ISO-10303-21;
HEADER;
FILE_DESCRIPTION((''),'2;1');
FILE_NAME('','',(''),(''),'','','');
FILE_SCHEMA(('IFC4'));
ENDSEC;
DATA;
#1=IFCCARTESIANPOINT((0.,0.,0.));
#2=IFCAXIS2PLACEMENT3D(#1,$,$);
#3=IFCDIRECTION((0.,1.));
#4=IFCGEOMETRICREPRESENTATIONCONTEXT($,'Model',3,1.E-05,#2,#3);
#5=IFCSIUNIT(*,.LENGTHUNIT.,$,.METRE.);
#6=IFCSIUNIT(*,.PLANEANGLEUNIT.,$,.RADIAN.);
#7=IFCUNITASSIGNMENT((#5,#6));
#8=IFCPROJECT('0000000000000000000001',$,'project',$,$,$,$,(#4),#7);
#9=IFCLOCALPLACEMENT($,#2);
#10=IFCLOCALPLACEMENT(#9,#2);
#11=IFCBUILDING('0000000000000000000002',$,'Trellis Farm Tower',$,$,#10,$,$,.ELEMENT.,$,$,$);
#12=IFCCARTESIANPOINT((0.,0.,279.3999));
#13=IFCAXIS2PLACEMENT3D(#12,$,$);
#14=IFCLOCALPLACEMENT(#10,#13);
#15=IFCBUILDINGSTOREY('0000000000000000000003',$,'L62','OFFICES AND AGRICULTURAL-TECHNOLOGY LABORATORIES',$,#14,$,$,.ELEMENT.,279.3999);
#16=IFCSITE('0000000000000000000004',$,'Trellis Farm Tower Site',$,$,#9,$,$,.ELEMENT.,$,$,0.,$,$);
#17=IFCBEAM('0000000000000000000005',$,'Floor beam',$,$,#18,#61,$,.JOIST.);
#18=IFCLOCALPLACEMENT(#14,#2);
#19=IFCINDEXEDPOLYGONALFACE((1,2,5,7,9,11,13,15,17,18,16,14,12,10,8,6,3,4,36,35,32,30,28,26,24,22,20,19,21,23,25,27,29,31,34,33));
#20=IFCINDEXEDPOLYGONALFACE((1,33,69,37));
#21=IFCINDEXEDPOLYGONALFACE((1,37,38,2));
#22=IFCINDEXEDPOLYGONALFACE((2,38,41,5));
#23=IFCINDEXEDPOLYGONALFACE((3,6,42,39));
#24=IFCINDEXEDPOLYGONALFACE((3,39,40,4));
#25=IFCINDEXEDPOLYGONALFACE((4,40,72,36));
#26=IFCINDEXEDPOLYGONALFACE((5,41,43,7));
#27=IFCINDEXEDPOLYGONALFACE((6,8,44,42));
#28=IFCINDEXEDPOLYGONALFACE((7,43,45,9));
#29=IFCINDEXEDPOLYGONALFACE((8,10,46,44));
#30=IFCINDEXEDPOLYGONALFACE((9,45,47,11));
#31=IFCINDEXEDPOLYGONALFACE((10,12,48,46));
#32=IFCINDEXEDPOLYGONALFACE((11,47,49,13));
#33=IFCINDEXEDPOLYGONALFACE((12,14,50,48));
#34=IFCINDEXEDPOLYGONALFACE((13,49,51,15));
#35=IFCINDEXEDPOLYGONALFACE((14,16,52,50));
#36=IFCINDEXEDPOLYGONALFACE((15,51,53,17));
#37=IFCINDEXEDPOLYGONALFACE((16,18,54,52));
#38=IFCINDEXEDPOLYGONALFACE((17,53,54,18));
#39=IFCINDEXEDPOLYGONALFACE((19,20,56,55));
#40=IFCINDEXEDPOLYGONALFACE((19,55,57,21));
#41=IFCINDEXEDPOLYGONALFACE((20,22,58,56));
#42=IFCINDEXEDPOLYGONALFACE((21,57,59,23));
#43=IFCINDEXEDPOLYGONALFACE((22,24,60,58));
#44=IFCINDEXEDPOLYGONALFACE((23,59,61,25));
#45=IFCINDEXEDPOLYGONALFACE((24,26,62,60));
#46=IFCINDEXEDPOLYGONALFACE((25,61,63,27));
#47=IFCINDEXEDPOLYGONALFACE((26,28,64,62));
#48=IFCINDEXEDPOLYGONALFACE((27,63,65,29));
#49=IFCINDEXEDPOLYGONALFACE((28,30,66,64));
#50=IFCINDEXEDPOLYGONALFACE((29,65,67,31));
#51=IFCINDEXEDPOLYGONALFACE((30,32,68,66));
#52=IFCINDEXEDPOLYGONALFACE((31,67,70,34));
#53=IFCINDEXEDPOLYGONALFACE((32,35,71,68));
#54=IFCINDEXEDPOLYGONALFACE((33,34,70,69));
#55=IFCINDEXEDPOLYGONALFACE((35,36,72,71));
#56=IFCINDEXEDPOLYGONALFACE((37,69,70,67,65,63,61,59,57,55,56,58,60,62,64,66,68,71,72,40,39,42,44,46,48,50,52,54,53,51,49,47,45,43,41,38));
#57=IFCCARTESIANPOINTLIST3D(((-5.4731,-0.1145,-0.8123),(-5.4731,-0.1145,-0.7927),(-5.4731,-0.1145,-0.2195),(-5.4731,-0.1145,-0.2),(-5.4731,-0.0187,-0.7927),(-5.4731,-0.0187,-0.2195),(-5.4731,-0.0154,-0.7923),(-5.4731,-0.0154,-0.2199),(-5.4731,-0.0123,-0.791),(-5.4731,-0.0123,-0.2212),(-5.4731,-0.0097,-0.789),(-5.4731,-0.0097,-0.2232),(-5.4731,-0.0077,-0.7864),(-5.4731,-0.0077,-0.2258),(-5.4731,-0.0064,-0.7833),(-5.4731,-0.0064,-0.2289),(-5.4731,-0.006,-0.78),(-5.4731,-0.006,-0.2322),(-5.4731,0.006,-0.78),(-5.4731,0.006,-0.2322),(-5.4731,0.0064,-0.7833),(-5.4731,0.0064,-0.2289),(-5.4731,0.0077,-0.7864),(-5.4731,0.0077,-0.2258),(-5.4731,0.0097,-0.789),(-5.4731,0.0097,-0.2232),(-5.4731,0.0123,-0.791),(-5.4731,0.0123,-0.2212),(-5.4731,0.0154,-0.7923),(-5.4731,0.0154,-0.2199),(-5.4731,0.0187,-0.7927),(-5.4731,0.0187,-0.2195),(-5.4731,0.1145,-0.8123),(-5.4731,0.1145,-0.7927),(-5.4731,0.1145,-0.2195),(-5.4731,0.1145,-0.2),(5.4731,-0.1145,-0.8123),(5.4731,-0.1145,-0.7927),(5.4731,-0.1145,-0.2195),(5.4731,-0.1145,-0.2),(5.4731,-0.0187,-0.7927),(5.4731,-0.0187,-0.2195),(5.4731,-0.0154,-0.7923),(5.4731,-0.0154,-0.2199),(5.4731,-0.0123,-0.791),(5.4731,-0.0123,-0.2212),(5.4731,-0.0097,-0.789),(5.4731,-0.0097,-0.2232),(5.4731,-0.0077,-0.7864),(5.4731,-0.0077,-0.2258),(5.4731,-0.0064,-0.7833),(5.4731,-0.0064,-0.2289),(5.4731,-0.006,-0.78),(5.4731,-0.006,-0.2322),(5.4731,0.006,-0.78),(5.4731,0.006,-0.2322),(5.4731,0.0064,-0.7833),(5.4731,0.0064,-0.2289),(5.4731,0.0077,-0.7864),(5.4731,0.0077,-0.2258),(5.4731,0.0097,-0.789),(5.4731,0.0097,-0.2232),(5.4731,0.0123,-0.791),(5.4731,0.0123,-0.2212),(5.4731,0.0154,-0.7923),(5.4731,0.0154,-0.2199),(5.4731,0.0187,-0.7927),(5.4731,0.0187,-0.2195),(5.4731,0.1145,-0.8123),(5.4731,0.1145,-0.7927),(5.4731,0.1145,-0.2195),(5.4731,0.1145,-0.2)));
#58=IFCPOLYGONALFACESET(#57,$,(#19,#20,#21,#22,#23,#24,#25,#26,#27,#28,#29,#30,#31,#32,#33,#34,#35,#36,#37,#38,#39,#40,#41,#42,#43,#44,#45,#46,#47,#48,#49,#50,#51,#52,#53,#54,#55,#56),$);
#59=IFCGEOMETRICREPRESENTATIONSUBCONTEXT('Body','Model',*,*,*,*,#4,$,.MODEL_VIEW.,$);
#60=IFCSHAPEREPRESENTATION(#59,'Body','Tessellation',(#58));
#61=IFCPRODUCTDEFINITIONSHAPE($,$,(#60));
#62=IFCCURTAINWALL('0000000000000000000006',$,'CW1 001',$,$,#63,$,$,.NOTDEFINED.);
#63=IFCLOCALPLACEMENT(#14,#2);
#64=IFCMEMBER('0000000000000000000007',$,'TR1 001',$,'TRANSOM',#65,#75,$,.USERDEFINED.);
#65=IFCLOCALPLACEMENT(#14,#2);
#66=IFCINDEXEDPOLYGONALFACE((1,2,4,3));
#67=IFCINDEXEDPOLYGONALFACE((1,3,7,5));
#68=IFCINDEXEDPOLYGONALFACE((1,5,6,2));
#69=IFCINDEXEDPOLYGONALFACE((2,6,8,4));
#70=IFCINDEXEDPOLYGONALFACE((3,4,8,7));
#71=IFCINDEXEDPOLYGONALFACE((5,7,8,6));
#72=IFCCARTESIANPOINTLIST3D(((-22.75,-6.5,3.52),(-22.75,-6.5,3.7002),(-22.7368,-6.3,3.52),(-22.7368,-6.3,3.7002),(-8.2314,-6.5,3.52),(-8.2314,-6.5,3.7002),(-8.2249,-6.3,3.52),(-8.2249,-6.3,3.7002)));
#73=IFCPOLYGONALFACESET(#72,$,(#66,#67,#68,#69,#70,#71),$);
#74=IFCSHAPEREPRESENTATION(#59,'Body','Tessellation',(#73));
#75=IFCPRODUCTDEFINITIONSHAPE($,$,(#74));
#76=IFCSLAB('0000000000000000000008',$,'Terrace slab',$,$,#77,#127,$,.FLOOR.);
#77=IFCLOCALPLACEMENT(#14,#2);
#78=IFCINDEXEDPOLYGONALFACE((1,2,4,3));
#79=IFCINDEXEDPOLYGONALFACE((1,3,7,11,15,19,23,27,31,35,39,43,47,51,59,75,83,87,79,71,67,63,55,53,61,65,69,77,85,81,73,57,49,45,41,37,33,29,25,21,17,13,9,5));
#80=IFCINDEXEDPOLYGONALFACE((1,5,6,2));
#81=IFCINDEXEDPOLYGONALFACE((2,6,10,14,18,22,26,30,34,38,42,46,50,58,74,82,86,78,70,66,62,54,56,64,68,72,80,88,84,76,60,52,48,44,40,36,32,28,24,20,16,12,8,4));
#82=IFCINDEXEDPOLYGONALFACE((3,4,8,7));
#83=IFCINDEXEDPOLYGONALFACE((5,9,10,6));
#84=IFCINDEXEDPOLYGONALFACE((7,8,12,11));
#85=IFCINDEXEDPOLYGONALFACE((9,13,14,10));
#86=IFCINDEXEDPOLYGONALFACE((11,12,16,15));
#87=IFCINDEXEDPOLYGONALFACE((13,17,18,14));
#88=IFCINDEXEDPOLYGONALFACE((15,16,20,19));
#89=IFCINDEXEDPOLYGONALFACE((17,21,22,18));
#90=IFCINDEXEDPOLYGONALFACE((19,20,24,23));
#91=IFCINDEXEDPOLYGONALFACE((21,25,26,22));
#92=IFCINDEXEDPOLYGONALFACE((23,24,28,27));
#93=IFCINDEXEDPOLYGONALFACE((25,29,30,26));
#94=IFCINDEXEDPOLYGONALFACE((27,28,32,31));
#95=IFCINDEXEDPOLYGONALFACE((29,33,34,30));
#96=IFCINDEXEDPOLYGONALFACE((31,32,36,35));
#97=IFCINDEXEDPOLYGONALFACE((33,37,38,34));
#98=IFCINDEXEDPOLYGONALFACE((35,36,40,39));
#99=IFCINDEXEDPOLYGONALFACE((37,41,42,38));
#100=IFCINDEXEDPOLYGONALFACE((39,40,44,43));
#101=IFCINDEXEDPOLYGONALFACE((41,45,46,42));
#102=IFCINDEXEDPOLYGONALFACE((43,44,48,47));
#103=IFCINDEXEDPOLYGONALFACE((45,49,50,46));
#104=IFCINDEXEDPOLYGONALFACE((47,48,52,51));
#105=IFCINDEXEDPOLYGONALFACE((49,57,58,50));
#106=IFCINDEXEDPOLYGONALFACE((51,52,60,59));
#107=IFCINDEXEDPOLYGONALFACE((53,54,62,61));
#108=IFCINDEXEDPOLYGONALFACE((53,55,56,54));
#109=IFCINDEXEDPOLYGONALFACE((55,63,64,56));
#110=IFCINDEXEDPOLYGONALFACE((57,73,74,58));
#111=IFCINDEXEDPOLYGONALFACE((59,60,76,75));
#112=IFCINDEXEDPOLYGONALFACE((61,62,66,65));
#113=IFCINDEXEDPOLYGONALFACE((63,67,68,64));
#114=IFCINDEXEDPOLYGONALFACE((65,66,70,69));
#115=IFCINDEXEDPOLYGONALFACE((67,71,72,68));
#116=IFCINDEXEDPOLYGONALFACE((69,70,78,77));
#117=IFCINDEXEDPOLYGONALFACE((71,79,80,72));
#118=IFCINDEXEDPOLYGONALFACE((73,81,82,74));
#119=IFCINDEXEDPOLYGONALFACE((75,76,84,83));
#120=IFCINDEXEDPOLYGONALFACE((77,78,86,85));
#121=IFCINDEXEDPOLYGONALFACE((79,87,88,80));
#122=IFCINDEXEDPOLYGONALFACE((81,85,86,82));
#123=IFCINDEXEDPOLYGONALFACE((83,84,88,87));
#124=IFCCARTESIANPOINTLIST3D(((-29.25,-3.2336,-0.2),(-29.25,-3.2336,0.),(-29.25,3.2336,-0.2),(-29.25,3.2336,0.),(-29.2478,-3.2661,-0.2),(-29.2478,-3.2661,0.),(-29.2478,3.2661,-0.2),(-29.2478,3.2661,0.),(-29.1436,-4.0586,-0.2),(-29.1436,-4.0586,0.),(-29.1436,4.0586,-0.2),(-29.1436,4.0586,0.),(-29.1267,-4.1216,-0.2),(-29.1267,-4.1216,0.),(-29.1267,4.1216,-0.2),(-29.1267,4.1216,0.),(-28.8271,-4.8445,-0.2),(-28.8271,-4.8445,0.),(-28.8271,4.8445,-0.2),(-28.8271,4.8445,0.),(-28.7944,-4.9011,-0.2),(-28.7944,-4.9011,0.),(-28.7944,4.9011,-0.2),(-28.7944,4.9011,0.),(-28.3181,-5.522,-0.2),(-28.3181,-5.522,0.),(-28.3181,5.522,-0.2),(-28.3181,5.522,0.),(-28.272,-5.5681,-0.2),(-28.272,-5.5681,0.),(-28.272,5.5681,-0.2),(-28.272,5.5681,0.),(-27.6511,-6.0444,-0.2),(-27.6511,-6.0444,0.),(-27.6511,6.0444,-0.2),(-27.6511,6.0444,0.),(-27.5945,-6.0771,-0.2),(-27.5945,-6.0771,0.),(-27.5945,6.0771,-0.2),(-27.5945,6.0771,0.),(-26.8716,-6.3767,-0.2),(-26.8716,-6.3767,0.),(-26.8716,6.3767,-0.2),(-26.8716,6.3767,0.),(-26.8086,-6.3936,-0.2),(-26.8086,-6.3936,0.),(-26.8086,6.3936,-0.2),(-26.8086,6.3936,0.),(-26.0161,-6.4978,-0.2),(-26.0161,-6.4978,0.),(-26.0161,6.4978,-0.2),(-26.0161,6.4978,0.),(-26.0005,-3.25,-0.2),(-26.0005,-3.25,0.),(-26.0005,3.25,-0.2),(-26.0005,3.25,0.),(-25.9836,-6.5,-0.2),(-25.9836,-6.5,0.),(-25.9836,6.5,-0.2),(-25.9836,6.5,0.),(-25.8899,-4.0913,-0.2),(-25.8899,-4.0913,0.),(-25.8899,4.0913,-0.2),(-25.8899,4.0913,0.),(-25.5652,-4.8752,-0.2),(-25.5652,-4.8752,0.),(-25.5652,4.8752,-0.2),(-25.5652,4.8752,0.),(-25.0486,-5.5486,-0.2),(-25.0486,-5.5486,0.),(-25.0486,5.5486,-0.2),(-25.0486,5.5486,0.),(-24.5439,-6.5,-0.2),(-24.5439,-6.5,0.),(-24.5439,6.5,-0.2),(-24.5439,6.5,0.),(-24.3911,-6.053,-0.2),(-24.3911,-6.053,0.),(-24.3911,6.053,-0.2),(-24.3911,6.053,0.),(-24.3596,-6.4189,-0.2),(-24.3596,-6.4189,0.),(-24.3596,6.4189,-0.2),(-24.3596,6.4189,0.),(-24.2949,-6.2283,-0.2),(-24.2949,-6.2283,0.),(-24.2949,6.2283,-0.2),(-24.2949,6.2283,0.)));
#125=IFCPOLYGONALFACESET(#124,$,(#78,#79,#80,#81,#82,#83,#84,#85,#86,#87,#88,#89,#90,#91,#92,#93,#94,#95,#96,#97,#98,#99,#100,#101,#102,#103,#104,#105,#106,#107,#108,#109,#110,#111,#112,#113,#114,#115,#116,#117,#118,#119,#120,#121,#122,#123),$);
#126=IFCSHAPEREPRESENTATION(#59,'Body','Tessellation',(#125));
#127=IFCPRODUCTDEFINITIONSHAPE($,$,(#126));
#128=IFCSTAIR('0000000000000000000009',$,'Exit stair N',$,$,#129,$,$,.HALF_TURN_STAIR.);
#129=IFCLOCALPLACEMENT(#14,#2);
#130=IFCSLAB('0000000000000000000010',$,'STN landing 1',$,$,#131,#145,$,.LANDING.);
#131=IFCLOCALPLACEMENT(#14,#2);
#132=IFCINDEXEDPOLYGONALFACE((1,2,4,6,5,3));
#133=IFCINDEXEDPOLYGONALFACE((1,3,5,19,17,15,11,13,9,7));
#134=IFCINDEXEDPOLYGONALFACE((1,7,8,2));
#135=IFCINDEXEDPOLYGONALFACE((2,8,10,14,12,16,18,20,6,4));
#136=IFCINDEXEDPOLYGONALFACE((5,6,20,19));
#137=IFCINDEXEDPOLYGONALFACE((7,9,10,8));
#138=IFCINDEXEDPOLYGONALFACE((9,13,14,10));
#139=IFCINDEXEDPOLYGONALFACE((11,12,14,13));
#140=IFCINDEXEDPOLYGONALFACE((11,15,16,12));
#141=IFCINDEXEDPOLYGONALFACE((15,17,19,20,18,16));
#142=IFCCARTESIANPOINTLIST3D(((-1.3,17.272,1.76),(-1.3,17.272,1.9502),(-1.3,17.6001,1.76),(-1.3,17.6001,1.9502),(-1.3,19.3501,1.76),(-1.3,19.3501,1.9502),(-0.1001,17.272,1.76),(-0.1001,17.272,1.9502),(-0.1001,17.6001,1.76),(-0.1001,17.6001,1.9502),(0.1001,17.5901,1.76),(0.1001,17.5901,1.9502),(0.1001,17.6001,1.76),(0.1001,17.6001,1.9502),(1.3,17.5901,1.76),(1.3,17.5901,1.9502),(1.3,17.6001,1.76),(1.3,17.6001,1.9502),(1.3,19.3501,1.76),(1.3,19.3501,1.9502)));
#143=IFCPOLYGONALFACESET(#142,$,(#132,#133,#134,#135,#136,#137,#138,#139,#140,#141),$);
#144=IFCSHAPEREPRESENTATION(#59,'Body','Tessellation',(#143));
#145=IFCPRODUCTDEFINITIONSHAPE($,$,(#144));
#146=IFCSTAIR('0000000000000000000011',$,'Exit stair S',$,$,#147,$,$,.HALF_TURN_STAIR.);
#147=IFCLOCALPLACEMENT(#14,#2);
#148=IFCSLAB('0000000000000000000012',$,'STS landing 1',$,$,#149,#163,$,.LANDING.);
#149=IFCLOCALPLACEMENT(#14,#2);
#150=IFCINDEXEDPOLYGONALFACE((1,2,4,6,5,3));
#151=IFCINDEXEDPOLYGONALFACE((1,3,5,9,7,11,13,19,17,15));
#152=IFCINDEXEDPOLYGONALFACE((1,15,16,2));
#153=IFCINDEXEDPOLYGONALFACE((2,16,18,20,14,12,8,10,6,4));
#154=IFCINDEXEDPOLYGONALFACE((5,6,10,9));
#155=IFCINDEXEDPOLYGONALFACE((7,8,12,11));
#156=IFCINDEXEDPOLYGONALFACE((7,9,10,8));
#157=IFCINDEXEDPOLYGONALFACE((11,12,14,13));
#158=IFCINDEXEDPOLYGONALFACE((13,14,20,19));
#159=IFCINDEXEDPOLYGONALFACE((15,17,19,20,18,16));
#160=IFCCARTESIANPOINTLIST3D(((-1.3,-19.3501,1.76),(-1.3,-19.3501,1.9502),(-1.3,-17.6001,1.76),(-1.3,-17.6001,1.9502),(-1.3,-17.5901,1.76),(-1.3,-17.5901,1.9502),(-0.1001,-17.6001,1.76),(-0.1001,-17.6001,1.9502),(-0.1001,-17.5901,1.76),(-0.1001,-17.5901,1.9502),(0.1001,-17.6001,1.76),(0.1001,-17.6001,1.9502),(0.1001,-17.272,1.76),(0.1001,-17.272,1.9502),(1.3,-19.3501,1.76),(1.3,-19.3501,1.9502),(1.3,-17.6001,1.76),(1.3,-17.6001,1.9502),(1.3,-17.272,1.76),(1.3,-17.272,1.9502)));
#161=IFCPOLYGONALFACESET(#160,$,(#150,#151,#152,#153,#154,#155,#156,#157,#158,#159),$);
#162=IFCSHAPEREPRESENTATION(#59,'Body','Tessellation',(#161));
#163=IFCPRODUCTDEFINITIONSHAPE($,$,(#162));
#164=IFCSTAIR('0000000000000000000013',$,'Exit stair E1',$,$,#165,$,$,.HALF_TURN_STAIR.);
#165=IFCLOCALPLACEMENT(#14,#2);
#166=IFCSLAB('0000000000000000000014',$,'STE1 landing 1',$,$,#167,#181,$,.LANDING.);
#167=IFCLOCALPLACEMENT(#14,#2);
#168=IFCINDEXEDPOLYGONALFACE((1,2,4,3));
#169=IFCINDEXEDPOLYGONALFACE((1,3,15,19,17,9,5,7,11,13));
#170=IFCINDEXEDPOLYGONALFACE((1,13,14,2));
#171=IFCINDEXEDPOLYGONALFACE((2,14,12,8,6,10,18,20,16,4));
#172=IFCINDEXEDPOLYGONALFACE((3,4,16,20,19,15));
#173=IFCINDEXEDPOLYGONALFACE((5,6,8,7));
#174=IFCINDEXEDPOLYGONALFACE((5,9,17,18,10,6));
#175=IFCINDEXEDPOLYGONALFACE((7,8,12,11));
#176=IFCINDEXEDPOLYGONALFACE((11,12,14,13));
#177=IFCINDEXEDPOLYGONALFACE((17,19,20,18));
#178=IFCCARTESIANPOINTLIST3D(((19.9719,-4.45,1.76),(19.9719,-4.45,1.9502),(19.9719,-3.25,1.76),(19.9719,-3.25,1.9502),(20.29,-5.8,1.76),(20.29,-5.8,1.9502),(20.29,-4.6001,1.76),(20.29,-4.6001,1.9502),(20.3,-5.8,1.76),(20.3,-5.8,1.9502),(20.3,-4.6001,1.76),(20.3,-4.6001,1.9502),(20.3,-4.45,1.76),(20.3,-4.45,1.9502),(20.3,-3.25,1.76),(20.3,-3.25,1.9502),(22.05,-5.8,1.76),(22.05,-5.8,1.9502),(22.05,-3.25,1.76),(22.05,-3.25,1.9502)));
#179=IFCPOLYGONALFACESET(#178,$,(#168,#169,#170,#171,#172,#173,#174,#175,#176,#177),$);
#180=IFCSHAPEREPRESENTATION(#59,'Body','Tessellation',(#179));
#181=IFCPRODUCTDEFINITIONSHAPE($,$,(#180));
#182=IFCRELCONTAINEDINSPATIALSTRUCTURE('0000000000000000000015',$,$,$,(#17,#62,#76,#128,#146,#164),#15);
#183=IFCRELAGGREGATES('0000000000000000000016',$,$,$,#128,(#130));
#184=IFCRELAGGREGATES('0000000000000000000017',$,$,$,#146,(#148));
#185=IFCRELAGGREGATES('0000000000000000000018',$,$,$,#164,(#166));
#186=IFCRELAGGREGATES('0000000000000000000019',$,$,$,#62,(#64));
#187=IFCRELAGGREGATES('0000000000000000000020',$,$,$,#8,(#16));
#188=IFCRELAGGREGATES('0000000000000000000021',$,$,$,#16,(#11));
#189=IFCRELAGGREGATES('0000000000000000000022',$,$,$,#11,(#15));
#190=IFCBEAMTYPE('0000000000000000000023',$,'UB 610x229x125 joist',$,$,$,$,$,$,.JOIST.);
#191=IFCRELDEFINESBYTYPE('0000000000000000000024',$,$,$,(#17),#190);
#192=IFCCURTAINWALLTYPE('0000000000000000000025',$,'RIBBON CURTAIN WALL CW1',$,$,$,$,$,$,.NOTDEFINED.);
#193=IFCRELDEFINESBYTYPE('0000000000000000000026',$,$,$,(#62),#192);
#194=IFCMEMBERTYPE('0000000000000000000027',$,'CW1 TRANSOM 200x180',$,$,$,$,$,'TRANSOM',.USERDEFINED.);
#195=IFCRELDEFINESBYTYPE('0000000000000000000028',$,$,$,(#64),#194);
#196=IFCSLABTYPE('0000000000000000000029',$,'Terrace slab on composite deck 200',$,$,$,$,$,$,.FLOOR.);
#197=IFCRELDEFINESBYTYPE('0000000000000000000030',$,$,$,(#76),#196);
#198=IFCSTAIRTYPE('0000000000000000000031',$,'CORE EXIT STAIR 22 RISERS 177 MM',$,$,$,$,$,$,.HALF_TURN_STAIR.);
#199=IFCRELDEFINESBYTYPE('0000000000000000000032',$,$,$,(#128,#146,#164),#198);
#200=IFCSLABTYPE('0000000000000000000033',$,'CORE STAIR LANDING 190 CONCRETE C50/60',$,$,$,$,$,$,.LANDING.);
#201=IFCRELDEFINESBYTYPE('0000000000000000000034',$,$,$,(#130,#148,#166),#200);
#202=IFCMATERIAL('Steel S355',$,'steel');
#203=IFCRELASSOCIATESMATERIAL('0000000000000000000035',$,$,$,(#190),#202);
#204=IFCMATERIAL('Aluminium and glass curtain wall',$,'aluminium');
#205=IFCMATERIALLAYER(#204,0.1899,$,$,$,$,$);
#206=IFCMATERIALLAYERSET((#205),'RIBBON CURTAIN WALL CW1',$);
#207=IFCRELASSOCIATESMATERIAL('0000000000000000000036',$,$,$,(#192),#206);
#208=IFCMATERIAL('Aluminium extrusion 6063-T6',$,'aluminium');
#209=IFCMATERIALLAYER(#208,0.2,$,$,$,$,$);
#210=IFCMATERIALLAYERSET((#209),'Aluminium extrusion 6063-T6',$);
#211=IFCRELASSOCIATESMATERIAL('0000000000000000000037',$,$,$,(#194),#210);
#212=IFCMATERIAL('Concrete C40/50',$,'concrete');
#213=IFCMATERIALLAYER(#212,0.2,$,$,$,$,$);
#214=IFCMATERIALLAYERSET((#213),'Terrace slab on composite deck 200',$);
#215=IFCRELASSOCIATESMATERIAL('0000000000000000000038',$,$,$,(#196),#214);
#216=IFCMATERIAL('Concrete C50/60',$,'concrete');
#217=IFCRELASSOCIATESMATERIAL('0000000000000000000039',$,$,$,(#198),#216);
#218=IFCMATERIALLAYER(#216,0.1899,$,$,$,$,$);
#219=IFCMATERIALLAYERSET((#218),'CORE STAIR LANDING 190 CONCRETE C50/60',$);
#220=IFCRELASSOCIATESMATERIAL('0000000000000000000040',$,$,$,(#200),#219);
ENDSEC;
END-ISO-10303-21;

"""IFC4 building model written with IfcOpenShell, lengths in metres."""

from ifc_helpers import new_model, si_unit, direction, frame, origin, origin_2d, place, context, subcontext, project, spatial, polyline, i_section, outline, extrude, source, transform, mapped, material, layer, layer_set, material_profile, profile_set, type_object, element, aggregate, save


model = new_model("IFC4")

# Units and contexts
model_context = context("Model", 3, precision=1e-05, world=origin(), true_north=direction((0.0, 1.0)))
body_context = subcontext(model_context, "Body", "Model", "MODEL_VIEW")
ifc_project = project(units=[si_unit("LENGTHUNIT", "METRE"), si_unit("PLANEANGLEUNIT", "RADIAN")], contexts=[model_context])

# Site, building, storey
site_placement = place(None, origin())
site = spatial("IfcSite", under=ifc_project, at=site_placement, Name="Trellis Farm Tower Site", CompositionType="ELEMENT", RefElevation=0.0)
building_placement = place(site_placement, origin())
building = spatial("IfcBuilding", under=site, at=building_placement, Name="Trellis Farm Tower", CompositionType="ELEMENT")
storey_placement = place(building_placement, frame((0.0, 0.0, 279.3999)))
storey = spatial("IfcBuildingStorey", under=building, at=storey_placement, Name="L62", Description="OFFICES AND AGRICULTURAL-TECHNOLOGY LABORATORIES", CompositionType="ELEMENT", Elevation=279.3999)

# Beam
ifc_material_1 = material(Name="Steel S355", Category="steel")
ifc_material_profile = material_profile(ifc_material_1, i_section(OverallWidth=0.229, OverallDepth=0.6123, WebThickness=0.012, FlangeThickness=0.0195, FilletRadius=0.0127, at=origin_2d()), Name="UB 610x229x125")
ifc_profile_set = profile_set([ifc_material_profile], Name="Steel S355")
beam_type = type_object("IfcBeamType", Name="UB 610x229x125 joist", PredefinedType="JOIST", material=ifc_profile_set)
shared_shape_1 = source(origin(), body_context, "Body", "SweptSolid", [
    extrude(i_section(OverallWidth=0.229, OverallDepth=0.6123, WebThickness=0.012, FlangeThickness=0.0195, FilletRadius=0.0127, at=origin_2d()), origin(), (0.0, 0.0, 1.0), 10.9463),
])
beam_placement = place(storey_placement, frame((-5.4731, 0.0, -0.5061), z_axis=(1.0, 0.0, 0.0), x_axis=(0.0, 1.0, 0.0)))
element("IfcBeam", 1, at=beam_placement, inside=storey, type_object=beam_type, Name="Floor beam", PredefinedType="JOIST", context=body_context, shape_type="MappedRepresentation", body=[
    mapped(shared_shape_1, transform((0.0, 0.0, 0.0))),
])

# Curtain wall, member
ifc_material_2 = material(Name="Aluminium and glass curtain wall", Category="aluminium")
ifc_layer_1 = layer(ifc_material_2, 0.1899)
ifc_layer_set_1 = layer_set([ifc_layer_1], Name="RIBBON CURTAIN WALL CW1")
curtain_wall_type = type_object("IfcCurtainWallType", Name="RIBBON CURTAIN WALL CW1", PredefinedType="NOTDEFINED", material=ifc_layer_set_1)
placement_1 = place(storey_placement, origin())
curtain_wall = element("IfcCurtainWall", 2, at=placement_1, inside=storey, type_object=curtain_wall_type, Name="CW1 001", PredefinedType="NOTDEFINED")
ifc_material_3 = material(Name="Aluminium extrusion 6063-T6", Category="aluminium")
ifc_layer_2 = layer(ifc_material_3, 0.2)
ifc_layer_set_2 = layer_set([ifc_layer_2], Name="Aluminium extrusion 6063-T6")
member_type = type_object("IfcMemberType", Name="CW1 TRANSOM 200x180", ElementType="TRANSOM", PredefinedType="USERDEFINED", material=ifc_layer_set_2)
shared_shape_2 = source(origin(), body_context, "Body", "SweptSolid", [
    extrude(outline(polyline([(-22.75, -6.5), (-8.2314, -6.5), (-8.2249, -6.3), (-22.7368, -6.3), (-22.75, -6.5)])), origin(), (0.0, 0.0, 1.0), 0.1802),
])
member_placement = place(storey_placement, frame((0.0, 0.0, 3.52)))
member = element("IfcMember", 3, at=member_placement, type_object=member_type, Name="TR1 001", ObjectType="TRANSOM", PredefinedType="USERDEFINED", context=body_context, shape_type="MappedRepresentation", body=[
    mapped(shared_shape_2, transform((0.0, 0.0, 0.0))),
])

# Slab
ifc_material_4 = material(Name="Concrete C40/50", Category="concrete")
ifc_layer_3 = layer(ifc_material_4, 0.2)
ifc_layer_set_3 = layer_set([ifc_layer_3], Name="Terrace slab on composite deck 200")
slab_type_1 = type_object("IfcSlabType", Name="Terrace slab on composite deck 200", PredefinedType="FLOOR", material=ifc_layer_set_3)
placement_2 = place(storey_placement, frame((0.0, 0.0, -0.2)))
element("IfcSlab", 4, at=placement_2, inside=storey, type_object=slab_type_1, Name="Terrace slab", PredefinedType="FLOOR", context=body_context, shape_type="SweptSolid", body=[
    extrude(outline(polyline([(-26.8086, -6.3936), (-26.8716, -6.3767), (-27.5945, -6.0771), (-27.6511, -6.0444), (-28.272, -5.5681), (-28.3181, -5.522), (-28.7944, -4.9011), (-28.8271, -4.8445), (-29.1267, -4.1216), (-29.1436, -4.0586), (-29.2478, -3.2661), (-29.25, -3.2336), (-29.25, 3.2336), (-29.2478, 3.2661), (-29.1436, 4.0586), (-29.1267, 4.1216), (-28.8271, 4.8445), (-28.7944, 4.9011), (-28.3181, 5.522), (-28.272, 5.5681), (-27.6511, 6.0444), (-27.5945, 6.0771), (-26.8716, 6.3767), (-26.8086, 6.3936), (-26.0161, 6.4978), (-25.9836, 6.5), (-24.5439, 6.5), (-24.3596, 6.4189), (-24.2949, 6.2283), (-24.3911, 6.053), (-25.0486, 5.5486), (-25.5652, 4.8752), (-25.8899, 4.0913), (-26.0005, 3.25), (-26.0005, -3.25), (-25.8899, -4.0913), (-25.5652, -4.8752), (-25.0486, -5.5486), (-24.3911, -6.053), (-24.2949, -6.2283), (-24.3596, -6.4189), (-24.5439, -6.5), (-25.9836, -6.5), (-26.0161, -6.4978), (-26.8086, -6.3936)])), origin(), (0.0, 0.0, 1.0), 0.2),
])

# Stairs, slabs
ifc_material_5 = material(Name="Concrete C50/60", Category="concrete")
stair_type = type_object("IfcStairType", Name="CORE EXIT STAIR 22 RISERS 177 MM", PredefinedType="HALF_TURN_STAIR", material=ifc_material_5)
stair_1 = element("IfcStair", 5, at=placement_1, inside=storey, type_object=stair_type, Name="Exit stair N", PredefinedType="HALF_TURN_STAIR")
ifc_layer_4 = layer(ifc_material_5, 0.1899)
ifc_layer_set_4 = layer_set([ifc_layer_4], Name="CORE STAIR LANDING 190 CONCRETE C50/60")
slab_type_2 = type_object("IfcSlabType", Name="CORE STAIR LANDING 190 CONCRETE C50/60", PredefinedType="LANDING", material=ifc_layer_set_4)
shared_shape_3 = source(origin(), body_context, "Body", "SweptSolid", [
    extrude(outline(polyline([(-0.1001, 17.272), (-1.3, 17.272), (-1.3, 17.6001), (-1.3, 19.3501), (1.3, 19.3501), (1.3, 17.6001), (1.3, 17.5901), (0.1001, 17.5901), (0.1001, 17.6001), (-0.1001, 17.6001), (-0.1001, 17.272)])), origin(), (0.0, 0.0, 1.0), 0.1902),
])
placement_3 = place(storey_placement, frame((0.0, 0.0, 1.76)))
slab_1 = element("IfcSlab", 6, at=placement_3, type_object=slab_type_2, Name="STN landing 1", PredefinedType="LANDING", context=body_context, shape_type="MappedRepresentation", body=[
    mapped(shared_shape_3, transform((0.0, 0.0, 0.0))),
])
aggregate(stair_1, [slab_1])
stair_2 = element("IfcStair", 7, at=placement_1, inside=storey, type_object=stair_type, Name="Exit stair S", PredefinedType="HALF_TURN_STAIR")
shared_shape_4 = source(origin(), body_context, "Body", "SweptSolid", [
    extrude(outline(polyline([(1.3, -19.3501), (-1.3, -19.3501), (-1.3, -17.6001), (-1.3, -17.5901), (-0.1001, -17.5901), (-0.1001, -17.6001), (0.1001, -17.6001), (0.1001, -17.272), (1.3, -17.272), (1.3, -17.6001), (1.3, -19.3501)])), origin(), (0.0, 0.0, 1.0), 0.1902),
])
slab_2 = element("IfcSlab", 8, at=placement_3, type_object=slab_type_2, Name="STS landing 1", PredefinedType="LANDING", context=body_context, shape_type="MappedRepresentation", body=[
    mapped(shared_shape_4, transform((0.0, 0.0, 0.0))),
])
aggregate(stair_2, [slab_2])
stair_3 = element("IfcStair", 9, at=placement_1, inside=storey, type_object=stair_type, Name="Exit stair E1", PredefinedType="HALF_TURN_STAIR")
shared_shape_5 = source(origin(), body_context, "Body", "SweptSolid", [
    extrude(outline(polyline([(20.29, -5.8), (20.29, -4.6001), (20.3, -4.6001), (20.3, -4.45), (19.9719, -4.45), (19.9719, -3.25), (20.3, -3.25), (22.05, -3.25), (22.05, -5.8), (20.3, -5.8), (20.29, -5.8)])), origin(), (0.0, 0.0, 1.0), 0.1902),
])
slab_3 = element("IfcSlab", 10, at=placement_3, type_object=slab_type_2, Name="STE1 landing 1", PredefinedType="LANDING", context=body_context, shape_type="MappedRepresentation", body=[
    mapped(shared_shape_5, transform((0.0, 0.0, 0.0))),
])
aggregate(stair_3, [slab_3])

aggregate(curtain_wall, [member])

save(model, "model.ifc")
